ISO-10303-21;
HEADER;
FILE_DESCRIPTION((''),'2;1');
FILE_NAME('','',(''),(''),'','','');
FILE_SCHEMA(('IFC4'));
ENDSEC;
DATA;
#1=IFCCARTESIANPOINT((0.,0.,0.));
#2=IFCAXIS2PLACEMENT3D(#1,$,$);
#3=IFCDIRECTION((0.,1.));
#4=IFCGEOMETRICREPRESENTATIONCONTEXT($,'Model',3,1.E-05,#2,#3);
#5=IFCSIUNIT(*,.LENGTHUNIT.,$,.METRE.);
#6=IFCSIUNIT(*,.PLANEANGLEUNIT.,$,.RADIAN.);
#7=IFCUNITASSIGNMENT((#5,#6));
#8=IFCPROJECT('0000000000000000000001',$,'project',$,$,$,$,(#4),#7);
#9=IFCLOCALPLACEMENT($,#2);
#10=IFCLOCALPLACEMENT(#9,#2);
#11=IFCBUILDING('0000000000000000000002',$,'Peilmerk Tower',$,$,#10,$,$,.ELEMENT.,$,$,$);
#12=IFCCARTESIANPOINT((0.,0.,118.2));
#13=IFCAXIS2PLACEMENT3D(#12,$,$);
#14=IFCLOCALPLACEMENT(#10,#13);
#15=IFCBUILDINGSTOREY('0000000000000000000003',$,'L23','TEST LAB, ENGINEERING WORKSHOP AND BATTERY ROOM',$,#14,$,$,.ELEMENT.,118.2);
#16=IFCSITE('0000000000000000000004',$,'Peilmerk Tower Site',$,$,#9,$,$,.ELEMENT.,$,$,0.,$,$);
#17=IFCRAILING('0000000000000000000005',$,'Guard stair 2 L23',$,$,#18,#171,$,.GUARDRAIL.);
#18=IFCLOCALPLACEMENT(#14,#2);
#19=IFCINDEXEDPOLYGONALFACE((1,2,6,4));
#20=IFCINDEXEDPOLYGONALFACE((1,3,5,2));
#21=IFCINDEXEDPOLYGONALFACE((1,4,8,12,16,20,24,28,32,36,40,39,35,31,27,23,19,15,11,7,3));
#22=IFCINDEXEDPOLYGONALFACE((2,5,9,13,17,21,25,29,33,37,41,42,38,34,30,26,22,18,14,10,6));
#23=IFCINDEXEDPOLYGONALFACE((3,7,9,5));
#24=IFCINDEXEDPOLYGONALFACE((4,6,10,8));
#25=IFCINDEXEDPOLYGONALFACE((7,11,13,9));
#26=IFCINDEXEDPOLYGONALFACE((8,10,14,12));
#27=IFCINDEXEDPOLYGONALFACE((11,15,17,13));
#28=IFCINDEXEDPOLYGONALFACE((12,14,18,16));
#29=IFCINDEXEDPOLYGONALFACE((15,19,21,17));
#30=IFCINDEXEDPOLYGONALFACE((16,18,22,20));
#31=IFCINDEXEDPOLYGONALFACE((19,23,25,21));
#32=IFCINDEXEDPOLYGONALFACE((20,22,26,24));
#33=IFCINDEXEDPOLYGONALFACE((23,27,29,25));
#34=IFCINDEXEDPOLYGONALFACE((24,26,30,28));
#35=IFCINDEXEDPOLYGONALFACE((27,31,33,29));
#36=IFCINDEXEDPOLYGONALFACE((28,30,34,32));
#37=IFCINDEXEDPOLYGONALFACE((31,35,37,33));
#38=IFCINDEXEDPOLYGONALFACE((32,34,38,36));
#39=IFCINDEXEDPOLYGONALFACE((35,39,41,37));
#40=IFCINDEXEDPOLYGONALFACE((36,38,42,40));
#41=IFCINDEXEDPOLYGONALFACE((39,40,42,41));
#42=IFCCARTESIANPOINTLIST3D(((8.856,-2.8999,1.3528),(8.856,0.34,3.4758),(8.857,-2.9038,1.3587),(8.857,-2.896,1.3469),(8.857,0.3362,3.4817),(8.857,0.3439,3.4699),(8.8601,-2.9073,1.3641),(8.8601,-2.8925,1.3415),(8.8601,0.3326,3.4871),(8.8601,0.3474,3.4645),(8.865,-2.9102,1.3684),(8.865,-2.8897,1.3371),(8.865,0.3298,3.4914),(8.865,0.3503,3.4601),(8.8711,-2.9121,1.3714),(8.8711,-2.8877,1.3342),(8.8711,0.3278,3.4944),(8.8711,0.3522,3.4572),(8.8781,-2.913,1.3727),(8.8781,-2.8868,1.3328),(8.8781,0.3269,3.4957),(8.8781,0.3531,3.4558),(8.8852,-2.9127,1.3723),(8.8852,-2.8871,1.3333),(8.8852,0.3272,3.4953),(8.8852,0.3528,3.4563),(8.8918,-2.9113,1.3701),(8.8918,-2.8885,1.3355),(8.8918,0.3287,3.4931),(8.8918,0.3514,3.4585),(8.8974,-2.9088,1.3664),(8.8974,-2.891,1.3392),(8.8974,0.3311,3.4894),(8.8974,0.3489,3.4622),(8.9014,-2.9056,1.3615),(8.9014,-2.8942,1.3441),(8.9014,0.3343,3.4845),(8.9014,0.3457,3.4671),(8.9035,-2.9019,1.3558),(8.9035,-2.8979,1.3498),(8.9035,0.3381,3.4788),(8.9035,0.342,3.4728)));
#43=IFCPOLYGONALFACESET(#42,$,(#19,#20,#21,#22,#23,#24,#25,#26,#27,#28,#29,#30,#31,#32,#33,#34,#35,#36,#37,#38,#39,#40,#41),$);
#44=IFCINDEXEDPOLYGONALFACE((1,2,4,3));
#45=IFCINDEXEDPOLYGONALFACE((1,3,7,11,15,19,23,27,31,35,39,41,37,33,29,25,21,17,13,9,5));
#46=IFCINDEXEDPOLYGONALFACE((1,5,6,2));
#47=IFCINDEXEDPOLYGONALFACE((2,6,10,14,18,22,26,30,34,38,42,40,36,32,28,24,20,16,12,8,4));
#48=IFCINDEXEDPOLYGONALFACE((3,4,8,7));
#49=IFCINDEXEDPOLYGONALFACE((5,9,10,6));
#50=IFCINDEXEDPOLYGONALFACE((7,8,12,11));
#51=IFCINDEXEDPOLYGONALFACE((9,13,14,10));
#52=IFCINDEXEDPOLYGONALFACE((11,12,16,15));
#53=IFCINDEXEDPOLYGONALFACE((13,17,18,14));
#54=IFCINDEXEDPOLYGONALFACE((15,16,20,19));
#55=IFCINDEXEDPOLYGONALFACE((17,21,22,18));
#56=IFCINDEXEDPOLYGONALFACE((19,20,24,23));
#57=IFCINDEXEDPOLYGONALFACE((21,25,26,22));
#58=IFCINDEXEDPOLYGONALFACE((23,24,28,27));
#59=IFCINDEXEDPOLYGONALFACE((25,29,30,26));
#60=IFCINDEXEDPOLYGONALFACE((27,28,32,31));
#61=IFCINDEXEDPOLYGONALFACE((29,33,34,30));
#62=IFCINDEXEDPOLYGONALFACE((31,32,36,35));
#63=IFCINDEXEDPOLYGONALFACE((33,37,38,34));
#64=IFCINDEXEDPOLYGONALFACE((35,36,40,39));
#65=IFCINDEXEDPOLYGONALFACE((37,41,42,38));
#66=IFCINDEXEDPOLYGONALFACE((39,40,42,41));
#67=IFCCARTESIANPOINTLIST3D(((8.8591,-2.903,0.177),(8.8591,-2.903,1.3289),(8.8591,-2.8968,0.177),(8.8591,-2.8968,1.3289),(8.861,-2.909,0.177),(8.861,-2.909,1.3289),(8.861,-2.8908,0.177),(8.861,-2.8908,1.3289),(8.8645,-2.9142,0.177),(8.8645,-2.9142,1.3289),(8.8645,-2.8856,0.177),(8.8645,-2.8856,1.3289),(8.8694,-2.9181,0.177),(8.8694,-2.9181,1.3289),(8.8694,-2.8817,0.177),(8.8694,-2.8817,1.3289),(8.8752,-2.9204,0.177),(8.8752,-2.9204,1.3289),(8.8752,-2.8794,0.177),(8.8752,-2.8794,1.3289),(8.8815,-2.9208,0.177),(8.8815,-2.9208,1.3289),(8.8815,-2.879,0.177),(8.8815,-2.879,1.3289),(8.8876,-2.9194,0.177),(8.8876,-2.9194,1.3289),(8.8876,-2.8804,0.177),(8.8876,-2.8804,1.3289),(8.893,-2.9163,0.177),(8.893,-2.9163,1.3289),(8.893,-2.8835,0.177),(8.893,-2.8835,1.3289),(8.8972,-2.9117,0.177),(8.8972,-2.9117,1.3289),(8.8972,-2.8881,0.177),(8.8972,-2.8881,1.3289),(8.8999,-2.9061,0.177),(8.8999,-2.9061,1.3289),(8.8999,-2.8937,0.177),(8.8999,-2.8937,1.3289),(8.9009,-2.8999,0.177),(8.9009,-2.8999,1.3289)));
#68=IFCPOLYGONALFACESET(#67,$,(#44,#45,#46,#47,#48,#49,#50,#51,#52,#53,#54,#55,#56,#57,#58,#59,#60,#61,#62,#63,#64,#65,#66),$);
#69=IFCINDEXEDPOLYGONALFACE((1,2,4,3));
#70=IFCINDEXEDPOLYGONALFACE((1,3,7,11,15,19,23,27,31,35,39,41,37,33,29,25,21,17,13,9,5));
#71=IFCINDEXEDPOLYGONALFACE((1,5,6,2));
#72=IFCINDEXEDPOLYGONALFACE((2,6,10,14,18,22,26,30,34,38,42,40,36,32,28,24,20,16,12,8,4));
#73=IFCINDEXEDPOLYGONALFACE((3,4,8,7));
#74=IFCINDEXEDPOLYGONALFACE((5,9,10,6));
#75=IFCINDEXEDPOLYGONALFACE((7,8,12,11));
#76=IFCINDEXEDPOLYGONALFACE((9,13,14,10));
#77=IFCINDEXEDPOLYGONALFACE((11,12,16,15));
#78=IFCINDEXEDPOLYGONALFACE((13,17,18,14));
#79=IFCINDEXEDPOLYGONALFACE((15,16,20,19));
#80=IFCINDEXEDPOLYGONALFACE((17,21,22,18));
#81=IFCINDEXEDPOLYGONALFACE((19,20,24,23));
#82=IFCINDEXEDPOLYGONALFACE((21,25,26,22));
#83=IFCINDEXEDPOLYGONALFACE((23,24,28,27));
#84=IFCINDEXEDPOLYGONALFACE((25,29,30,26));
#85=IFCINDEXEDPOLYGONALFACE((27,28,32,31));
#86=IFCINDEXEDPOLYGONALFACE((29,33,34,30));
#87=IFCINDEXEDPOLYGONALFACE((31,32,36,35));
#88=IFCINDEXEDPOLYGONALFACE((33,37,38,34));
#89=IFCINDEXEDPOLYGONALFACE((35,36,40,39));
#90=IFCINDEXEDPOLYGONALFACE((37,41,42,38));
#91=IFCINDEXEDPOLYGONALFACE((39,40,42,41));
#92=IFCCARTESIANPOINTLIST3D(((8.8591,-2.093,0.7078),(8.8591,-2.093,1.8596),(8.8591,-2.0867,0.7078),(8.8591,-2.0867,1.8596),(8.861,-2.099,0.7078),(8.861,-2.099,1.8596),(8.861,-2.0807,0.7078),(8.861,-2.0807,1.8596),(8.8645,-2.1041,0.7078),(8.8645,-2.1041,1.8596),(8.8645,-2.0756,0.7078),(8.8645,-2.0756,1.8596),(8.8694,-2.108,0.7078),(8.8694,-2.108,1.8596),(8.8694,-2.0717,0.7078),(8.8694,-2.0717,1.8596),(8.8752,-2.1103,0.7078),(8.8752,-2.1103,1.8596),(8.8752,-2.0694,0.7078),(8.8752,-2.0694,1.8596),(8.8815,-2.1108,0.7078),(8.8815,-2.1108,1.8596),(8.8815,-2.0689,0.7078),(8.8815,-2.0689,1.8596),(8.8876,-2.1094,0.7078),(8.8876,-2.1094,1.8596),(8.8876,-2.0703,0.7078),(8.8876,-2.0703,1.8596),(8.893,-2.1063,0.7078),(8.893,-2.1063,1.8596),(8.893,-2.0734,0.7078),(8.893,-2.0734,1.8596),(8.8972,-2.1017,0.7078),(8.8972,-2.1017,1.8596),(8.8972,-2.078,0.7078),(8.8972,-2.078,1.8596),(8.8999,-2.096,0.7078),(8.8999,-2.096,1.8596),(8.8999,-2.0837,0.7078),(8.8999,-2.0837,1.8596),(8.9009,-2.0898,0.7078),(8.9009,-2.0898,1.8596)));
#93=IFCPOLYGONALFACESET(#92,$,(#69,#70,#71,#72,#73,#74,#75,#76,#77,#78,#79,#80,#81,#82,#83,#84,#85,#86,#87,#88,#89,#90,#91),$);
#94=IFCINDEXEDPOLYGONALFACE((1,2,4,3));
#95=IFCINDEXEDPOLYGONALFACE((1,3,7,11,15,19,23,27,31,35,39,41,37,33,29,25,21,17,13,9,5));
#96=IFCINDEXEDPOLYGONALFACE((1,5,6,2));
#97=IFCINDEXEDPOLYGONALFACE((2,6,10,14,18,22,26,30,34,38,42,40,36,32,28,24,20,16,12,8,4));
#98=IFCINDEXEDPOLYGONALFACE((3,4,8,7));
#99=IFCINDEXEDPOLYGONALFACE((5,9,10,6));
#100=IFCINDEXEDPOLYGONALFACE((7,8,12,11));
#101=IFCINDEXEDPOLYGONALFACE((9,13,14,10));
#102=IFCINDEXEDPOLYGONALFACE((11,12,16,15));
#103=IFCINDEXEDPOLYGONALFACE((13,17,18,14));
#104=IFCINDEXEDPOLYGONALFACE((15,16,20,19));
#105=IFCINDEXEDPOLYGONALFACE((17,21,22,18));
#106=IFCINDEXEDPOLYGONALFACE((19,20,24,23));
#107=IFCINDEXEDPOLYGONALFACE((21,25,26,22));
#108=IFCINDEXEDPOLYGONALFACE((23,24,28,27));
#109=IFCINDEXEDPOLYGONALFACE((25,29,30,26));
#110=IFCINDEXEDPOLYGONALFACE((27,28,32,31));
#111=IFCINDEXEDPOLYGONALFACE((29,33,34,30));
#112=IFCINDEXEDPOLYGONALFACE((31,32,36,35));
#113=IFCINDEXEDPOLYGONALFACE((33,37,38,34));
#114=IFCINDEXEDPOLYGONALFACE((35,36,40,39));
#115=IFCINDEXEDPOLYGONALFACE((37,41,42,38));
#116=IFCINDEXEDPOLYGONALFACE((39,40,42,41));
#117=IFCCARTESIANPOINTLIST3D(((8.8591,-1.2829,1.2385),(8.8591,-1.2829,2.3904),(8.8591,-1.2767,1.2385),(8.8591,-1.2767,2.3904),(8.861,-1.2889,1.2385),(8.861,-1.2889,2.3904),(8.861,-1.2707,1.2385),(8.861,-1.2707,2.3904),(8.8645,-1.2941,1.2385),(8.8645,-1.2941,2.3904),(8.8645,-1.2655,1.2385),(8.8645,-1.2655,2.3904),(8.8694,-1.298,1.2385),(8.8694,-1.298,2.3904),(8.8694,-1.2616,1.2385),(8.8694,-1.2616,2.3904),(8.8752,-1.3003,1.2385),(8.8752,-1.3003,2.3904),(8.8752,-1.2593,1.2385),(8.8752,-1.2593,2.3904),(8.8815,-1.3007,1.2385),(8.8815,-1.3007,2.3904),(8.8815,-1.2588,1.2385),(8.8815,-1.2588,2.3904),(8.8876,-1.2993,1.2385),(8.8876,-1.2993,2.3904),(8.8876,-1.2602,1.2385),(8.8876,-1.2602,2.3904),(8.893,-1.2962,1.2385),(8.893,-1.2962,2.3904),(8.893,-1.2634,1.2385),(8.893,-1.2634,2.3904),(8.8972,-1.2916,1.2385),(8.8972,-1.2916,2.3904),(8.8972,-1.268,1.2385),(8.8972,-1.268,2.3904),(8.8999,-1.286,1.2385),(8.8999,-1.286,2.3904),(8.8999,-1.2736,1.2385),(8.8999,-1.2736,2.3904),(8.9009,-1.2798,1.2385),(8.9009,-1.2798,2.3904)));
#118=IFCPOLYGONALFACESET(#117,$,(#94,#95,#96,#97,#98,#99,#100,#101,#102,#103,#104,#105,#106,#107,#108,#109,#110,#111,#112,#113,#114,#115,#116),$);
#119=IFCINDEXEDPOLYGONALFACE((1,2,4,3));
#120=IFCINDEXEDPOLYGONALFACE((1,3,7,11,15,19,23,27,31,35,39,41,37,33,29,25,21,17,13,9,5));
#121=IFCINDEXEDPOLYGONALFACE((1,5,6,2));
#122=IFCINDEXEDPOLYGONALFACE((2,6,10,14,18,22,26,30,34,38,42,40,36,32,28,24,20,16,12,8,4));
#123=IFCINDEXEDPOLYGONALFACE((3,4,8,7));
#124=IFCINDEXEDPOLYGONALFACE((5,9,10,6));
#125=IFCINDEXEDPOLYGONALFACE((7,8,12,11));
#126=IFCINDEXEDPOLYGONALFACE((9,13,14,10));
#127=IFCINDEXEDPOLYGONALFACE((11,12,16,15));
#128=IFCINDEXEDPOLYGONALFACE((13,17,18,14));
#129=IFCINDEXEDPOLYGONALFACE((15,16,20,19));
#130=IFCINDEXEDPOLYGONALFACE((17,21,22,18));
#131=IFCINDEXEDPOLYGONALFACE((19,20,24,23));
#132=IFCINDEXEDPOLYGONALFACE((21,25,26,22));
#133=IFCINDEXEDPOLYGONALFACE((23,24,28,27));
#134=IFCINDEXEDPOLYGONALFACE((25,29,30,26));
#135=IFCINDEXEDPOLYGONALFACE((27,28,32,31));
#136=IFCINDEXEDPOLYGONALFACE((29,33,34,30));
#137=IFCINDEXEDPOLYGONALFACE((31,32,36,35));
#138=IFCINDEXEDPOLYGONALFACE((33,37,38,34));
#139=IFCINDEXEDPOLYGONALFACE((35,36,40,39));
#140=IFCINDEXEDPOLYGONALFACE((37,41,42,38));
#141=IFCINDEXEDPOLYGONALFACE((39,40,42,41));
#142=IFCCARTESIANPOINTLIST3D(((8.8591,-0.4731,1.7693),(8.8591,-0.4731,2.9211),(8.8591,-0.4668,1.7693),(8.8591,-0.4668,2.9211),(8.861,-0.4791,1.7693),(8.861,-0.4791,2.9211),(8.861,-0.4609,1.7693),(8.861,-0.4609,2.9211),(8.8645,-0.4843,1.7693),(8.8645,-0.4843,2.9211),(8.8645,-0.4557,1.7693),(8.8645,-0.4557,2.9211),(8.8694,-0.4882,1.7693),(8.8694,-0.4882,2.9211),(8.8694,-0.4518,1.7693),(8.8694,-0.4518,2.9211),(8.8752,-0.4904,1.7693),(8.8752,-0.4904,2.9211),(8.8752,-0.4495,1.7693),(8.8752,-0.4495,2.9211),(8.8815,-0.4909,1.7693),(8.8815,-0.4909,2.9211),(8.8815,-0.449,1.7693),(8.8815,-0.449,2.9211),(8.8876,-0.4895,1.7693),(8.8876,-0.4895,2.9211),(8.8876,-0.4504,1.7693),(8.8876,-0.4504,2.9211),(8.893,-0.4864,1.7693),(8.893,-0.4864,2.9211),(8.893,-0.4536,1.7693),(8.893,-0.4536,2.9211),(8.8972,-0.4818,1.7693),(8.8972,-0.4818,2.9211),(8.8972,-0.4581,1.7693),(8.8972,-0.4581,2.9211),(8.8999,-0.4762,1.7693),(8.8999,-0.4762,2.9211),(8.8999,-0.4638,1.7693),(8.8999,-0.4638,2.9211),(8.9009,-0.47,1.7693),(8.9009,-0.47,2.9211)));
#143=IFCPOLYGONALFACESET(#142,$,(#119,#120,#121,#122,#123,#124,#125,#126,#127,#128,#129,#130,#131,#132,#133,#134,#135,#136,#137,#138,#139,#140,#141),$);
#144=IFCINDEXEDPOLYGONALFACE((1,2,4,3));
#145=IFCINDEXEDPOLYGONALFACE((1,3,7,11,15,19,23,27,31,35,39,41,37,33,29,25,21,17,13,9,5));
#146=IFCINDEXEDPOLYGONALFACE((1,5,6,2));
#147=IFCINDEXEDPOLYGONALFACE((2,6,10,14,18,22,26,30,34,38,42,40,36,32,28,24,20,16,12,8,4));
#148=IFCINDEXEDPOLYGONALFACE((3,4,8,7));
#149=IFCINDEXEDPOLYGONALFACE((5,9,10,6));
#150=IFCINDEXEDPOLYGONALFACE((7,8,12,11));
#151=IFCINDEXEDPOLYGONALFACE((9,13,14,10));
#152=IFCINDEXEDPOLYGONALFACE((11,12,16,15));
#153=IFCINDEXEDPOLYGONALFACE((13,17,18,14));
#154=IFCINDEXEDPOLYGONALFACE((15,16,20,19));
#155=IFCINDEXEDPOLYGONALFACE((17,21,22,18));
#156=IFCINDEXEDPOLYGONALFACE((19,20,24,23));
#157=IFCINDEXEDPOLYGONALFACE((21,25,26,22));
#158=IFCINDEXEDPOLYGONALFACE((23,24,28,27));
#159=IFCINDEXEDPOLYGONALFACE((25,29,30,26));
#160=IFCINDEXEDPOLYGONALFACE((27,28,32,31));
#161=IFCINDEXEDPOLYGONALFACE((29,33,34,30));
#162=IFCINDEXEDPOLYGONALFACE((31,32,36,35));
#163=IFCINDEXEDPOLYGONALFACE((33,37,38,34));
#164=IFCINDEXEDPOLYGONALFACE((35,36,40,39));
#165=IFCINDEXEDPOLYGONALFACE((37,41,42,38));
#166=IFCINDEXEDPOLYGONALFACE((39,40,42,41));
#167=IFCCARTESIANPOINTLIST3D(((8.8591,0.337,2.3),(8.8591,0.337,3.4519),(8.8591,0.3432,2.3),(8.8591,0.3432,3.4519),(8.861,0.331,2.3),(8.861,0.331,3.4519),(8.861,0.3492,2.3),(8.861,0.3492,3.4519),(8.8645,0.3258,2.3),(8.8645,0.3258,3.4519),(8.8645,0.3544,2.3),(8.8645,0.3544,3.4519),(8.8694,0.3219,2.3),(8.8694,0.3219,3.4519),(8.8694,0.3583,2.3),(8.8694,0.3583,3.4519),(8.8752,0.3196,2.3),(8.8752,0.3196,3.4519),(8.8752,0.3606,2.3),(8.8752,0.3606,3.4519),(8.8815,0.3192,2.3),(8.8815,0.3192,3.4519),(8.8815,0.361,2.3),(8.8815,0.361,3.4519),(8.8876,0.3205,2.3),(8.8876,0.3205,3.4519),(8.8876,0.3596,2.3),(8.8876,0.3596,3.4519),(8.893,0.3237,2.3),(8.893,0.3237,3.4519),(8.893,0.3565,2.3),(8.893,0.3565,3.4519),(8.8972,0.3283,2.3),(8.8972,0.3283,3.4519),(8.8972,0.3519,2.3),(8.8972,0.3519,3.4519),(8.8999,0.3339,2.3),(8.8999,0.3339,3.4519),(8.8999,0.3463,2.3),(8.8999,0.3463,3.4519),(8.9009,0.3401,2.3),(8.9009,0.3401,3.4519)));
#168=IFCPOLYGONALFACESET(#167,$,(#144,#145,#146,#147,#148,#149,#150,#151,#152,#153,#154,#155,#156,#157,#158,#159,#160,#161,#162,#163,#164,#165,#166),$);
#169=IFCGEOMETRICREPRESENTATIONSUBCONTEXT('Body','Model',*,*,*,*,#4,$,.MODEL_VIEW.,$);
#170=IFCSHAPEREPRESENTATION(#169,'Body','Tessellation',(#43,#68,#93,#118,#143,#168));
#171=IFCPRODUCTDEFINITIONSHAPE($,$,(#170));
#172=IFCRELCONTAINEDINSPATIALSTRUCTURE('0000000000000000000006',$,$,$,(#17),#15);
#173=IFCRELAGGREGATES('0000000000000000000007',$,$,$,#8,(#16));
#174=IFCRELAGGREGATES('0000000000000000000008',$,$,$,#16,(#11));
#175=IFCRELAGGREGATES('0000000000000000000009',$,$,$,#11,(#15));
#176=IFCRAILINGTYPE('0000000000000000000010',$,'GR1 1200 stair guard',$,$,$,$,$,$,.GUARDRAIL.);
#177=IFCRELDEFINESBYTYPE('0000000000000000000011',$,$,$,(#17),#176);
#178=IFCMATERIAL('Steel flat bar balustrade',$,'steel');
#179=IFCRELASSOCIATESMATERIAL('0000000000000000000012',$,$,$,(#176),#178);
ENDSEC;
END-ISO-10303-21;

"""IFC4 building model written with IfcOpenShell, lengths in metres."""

from ifc_helpers import new_model, si_unit, direction, frame, origin, origin_2d, place, context, subcontext, project, spatial, circle, extrude, material, type_object, element, save


model = new_model("IFC4")

# Units and contexts
model_context = context("Model", 3, precision=1e-05, world=origin(), true_north=direction((0.0, 1.0)))
body_context = subcontext(model_context, "Body", "Model", "MODEL_VIEW")
ifc_project = project(units=[si_unit("LENGTHUNIT", "METRE"), si_unit("PLANEANGLEUNIT", "RADIAN")], contexts=[model_context])

# Site, building, storey
site_placement = place(None, origin())
site = spatial("IfcSite", under=ifc_project, at=site_placement, Name="Peilmerk Tower Site", CompositionType="ELEMENT", RefElevation=0.0)
building_placement = place(site_placement, origin())
building = spatial("IfcBuilding", under=site, at=building_placement, Name="Peilmerk Tower", CompositionType="ELEMENT")
storey_placement = place(building_placement, frame((0.0, 0.0, 118.2)))
storey = spatial("IfcBuildingStorey", under=building, at=storey_placement, Name="L23", Description="TEST LAB, ENGINEERING WORKSHOP AND BATTERY ROOM", CompositionType="ELEMENT", Elevation=118.2)

# Railing
ifc_material_1 = material(Name="Steel flat bar balustrade", Category="steel")
railing_type = type_object("IfcRailingType", Name="GR1 1200 stair guard", PredefinedType="GUARDRAIL", material=ifc_material_1)
railing_placement = place(storey_placement, frame((8.8799, -2.8999, 0.177)))
element("IfcRailing", 1, at=railing_placement, inside=storey, type_object=railing_type, Name="Guard stair 2 L23", PredefinedType="GUARDRAIL", context=body_context, shape_type="SweptSolid", body=[
    extrude(circle(Radius=0.0239, at=origin_2d()), frame((0.0, 0.0, 1.1758), z_axis=(0.0, 0.836426, 0.548079), x_axis=(-1.0, 0.0, 0.0)), (0.0, 0.0, 1.0), 3.8735),
    extrude(circle(Radius=0.021, at=origin_2d()), origin(), (0.0, 0.0, 1.0), 1.1519),
    extrude(circle(Radius=0.021, at=origin_2d()), frame((0.0, 0.8101, 0.5308)), (0.0, 0.0, 1.0), 1.1519),
    extrude(circle(Radius=0.021, at=origin_2d()), frame((0.0, 1.6201, 1.0615)), (0.0, 0.0, 1.0), 1.1519),
    extrude(circle(Radius=0.021, at=origin_2d()), frame((0.0, 2.4299, 1.5923)), (0.0, 0.0, 1.0), 1.1519),
    extrude(circle(Radius=0.021, at=origin_2d()), frame((0.0, 3.24, 2.123)), (0.0, 0.0, 1.0), 1.1519),
])

save(model, "model.ifc")
